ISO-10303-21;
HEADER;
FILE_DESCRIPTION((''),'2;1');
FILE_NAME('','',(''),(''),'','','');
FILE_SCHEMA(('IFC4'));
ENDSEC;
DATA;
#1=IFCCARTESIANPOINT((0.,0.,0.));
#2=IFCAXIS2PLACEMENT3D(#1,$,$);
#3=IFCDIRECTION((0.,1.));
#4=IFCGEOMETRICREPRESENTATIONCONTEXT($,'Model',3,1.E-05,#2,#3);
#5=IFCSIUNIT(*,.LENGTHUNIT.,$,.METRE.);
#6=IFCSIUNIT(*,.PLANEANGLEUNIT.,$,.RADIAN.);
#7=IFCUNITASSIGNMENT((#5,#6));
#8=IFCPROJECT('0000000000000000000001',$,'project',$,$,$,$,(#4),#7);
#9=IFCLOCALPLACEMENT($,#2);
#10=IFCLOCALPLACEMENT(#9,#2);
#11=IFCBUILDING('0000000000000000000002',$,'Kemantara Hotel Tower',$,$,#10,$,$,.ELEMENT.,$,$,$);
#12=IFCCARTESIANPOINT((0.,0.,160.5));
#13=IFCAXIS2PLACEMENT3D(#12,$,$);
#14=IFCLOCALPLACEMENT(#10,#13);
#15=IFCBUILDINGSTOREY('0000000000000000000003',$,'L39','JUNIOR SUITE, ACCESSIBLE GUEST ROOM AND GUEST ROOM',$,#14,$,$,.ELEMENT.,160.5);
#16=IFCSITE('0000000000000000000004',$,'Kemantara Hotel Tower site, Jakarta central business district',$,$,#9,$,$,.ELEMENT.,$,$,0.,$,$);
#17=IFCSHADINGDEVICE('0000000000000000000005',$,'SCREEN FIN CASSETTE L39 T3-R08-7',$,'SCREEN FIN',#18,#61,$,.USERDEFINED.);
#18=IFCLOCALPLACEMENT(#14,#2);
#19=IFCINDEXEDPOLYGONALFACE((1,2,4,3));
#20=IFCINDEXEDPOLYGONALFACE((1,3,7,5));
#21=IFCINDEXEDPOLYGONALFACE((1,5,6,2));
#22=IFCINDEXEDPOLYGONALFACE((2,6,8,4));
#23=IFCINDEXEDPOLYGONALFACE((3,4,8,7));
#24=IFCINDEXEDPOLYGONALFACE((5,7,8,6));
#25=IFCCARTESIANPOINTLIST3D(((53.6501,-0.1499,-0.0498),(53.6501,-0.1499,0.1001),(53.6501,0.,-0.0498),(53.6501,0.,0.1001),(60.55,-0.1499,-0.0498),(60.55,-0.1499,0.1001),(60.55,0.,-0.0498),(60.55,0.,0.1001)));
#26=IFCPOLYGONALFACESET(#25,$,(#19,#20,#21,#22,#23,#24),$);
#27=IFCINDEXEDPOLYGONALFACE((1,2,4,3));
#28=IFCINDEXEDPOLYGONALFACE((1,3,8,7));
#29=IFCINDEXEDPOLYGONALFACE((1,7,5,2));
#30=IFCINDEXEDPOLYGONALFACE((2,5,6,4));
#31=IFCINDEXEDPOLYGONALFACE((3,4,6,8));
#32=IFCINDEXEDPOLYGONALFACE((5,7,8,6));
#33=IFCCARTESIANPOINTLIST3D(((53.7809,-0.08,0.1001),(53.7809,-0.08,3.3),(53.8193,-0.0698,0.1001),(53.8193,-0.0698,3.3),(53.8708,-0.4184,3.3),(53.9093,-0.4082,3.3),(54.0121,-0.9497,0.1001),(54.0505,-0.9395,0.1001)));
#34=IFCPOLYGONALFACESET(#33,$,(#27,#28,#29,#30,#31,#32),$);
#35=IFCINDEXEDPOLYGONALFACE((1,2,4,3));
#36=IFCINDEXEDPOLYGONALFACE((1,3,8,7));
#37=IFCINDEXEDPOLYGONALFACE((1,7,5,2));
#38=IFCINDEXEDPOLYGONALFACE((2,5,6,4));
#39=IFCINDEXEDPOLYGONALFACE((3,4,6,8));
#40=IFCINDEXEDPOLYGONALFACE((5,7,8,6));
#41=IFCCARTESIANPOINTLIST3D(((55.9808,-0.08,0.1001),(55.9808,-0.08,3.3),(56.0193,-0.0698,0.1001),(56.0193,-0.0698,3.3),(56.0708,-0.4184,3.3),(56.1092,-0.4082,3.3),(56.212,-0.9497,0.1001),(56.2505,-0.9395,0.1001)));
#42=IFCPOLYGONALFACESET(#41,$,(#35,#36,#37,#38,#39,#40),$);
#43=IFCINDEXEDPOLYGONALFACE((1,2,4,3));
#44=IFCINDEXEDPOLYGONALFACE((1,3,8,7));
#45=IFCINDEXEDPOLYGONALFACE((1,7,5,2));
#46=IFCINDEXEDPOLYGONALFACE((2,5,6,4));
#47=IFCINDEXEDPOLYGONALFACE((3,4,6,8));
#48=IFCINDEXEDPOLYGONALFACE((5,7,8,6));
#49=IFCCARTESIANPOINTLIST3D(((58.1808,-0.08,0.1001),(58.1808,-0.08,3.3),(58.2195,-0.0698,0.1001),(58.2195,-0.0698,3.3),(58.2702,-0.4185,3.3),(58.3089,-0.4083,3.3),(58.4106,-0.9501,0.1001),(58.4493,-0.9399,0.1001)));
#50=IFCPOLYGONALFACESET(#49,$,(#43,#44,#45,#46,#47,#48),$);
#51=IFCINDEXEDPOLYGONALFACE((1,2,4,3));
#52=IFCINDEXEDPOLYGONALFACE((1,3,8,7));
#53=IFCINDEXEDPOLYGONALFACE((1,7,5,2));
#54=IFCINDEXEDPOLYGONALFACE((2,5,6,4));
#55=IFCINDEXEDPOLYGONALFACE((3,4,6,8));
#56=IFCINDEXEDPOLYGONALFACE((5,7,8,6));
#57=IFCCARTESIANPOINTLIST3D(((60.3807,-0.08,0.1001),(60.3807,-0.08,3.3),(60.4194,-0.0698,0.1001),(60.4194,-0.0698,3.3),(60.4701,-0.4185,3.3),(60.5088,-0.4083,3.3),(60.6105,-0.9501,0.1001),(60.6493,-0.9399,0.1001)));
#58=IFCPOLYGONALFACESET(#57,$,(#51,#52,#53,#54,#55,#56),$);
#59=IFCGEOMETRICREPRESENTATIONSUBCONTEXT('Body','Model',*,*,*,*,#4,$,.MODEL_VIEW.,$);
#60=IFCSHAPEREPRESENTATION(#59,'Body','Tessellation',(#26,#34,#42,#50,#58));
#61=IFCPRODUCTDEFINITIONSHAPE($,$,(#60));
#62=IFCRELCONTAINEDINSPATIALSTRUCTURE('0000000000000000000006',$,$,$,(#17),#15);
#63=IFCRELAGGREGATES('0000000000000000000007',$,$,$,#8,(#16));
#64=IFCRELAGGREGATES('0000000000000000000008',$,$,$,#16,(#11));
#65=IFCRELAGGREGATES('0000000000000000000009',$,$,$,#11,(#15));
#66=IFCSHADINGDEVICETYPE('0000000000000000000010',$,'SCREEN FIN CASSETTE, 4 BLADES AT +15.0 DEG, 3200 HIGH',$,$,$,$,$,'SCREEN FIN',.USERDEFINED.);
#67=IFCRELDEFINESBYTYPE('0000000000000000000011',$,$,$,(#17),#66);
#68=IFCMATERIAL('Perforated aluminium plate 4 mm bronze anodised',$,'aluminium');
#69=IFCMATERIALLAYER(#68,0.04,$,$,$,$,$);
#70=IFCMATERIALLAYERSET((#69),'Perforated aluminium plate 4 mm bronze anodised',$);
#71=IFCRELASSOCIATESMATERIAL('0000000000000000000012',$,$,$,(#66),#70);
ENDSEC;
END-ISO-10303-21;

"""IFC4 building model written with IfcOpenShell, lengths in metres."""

from ifc_helpers import new_model, si_unit, direction, frame, origin, origin_2d, place, context, subcontext, project, spatial, polyline, rectangle, outline, extrude, source, transform, mapped, material, layer, layer_set, type_object, element, save


model = new_model("IFC4")

# Units and contexts
model_context = context("Model", 3, precision=1e-05, world=origin(), true_north=direction((0.0, 1.0)))
body_context = subcontext(model_context, "Body", "Model", "MODEL_VIEW")
ifc_project = project(units=[si_unit("LENGTHUNIT", "METRE"), si_unit("PLANEANGLEUNIT", "RADIAN")], contexts=[model_context])

# Site, building, storey
site_placement = place(None, origin())
site = spatial("IfcSite", under=ifc_project, at=site_placement, Name="Kemantara Hotel Tower site, Jakarta central business district", CompositionType="ELEMENT", RefElevation=0.0)
building_placement = place(site_placement, origin())
building = spatial("IfcBuilding", under=site, at=building_placement, Name="Kemantara Hotel Tower", CompositionType="ELEMENT")
storey_placement = place(building_placement, frame((0.0, 0.0, 160.5)))
storey = spatial("IfcBuildingStorey", under=building, at=storey_placement, Name="L39", Description="JUNIOR SUITE, ACCESSIBLE GUEST ROOM AND GUEST ROOM", CompositionType="ELEMENT", Elevation=160.5)

# Shading device
ifc_material_1 = material(Name="Perforated aluminium plate 4 mm bronze anodised", Category="aluminium")
ifc_layer_1 = layer(ifc_material_1, 0.04)
ifc_layer_set_1 = layer_set([ifc_layer_1], Name="Perforated aluminium plate 4 mm bronze anodised")
shading_device_type_1 = type_object("IfcShadingDeviceType", Name="SCREEN FIN CASSETTE, 4 BLADES AT +15.0 DEG, 3200 HIGH", ElementType="SCREEN FIN", PredefinedType="USERDEFINED", material=ifc_layer_set_1)
shared_shape_1 = source(origin(), body_context, "Body", "SweptSolid", [
    extrude(rectangle(XDim=6.8999, YDim=0.1499, at=origin_2d()), frame((3.3, -0.075, -0.1499), z_axis=(0.0, 0.0, 1.0), x_axis=(1.0, 0.0, 0.0)), (0.0, 0.0, 1.0), 0.1499),
    extrude(outline(polyline([(0.0, 0.0), (0.8999, 0.0), (0.3501, 3.2), (0.0, 3.2), (0.0, 0.0)])), frame((0.0193, -0.0698, 0.0), z_axis=(-0.966438, -0.256901, 0.0), x_axis=(0.256901, -0.966438, 0.0)), (0.0, 0.0, 1.0), 0.0398),
    extrude(outline(polyline([(0.0, 0.0), (0.8999, 0.0), (0.3501, 3.2), (0.0, 3.2), (0.0, 0.0)])), frame((2.2192, -0.0698, 0.0), z_axis=(-0.966438, -0.256901, 0.0), x_axis=(0.256901, -0.966438, 0.0)), (0.0, 0.0, 1.0), 0.0398),
    extrude(outline(polyline([(0.0, 0.0), (0.8999, 0.0), (0.3501, 3.2), (0.0, 3.2), (0.0, 0.0)])), frame((4.4194, -0.0698, 0.0), z_axis=(-0.966838, -0.255391, 0.0), x_axis=(0.255391, -0.966838, 0.0)), (0.0, 0.0, 1.0), 0.04),
    extrude(outline(polyline([(0.0, 0.0), (0.8999, 0.0), (0.3501, 3.2), (0.0, 3.2), (0.0, 0.0)])), frame((6.6194, -0.0698, 0.0), z_axis=(-0.966838, -0.255391, 0.0), x_axis=(0.255391, -0.966838, 0.0)), (0.0, 0.0, 1.0), 0.04),
])
shading_device_1_placement = place(storey_placement, frame((53.8, 0.0, 0.1001), z_axis=(0.0, 0.0, 1.0), x_axis=(1.0, 0.0, 0.0)))
element("IfcShadingDevice", 1, at=shading_device_1_placement, inside=storey, type_object=shading_device_type_1, Name="SCREEN FIN CASSETTE L39 T3-R08-7", ObjectType="SCREEN FIN", PredefinedType="USERDEFINED", context=body_context, shape_type="MappedRepresentation", body=[
    mapped(shared_shape_1, transform((0.0, 0.0, 0.0))),
])

save(model, "model.ifc")
